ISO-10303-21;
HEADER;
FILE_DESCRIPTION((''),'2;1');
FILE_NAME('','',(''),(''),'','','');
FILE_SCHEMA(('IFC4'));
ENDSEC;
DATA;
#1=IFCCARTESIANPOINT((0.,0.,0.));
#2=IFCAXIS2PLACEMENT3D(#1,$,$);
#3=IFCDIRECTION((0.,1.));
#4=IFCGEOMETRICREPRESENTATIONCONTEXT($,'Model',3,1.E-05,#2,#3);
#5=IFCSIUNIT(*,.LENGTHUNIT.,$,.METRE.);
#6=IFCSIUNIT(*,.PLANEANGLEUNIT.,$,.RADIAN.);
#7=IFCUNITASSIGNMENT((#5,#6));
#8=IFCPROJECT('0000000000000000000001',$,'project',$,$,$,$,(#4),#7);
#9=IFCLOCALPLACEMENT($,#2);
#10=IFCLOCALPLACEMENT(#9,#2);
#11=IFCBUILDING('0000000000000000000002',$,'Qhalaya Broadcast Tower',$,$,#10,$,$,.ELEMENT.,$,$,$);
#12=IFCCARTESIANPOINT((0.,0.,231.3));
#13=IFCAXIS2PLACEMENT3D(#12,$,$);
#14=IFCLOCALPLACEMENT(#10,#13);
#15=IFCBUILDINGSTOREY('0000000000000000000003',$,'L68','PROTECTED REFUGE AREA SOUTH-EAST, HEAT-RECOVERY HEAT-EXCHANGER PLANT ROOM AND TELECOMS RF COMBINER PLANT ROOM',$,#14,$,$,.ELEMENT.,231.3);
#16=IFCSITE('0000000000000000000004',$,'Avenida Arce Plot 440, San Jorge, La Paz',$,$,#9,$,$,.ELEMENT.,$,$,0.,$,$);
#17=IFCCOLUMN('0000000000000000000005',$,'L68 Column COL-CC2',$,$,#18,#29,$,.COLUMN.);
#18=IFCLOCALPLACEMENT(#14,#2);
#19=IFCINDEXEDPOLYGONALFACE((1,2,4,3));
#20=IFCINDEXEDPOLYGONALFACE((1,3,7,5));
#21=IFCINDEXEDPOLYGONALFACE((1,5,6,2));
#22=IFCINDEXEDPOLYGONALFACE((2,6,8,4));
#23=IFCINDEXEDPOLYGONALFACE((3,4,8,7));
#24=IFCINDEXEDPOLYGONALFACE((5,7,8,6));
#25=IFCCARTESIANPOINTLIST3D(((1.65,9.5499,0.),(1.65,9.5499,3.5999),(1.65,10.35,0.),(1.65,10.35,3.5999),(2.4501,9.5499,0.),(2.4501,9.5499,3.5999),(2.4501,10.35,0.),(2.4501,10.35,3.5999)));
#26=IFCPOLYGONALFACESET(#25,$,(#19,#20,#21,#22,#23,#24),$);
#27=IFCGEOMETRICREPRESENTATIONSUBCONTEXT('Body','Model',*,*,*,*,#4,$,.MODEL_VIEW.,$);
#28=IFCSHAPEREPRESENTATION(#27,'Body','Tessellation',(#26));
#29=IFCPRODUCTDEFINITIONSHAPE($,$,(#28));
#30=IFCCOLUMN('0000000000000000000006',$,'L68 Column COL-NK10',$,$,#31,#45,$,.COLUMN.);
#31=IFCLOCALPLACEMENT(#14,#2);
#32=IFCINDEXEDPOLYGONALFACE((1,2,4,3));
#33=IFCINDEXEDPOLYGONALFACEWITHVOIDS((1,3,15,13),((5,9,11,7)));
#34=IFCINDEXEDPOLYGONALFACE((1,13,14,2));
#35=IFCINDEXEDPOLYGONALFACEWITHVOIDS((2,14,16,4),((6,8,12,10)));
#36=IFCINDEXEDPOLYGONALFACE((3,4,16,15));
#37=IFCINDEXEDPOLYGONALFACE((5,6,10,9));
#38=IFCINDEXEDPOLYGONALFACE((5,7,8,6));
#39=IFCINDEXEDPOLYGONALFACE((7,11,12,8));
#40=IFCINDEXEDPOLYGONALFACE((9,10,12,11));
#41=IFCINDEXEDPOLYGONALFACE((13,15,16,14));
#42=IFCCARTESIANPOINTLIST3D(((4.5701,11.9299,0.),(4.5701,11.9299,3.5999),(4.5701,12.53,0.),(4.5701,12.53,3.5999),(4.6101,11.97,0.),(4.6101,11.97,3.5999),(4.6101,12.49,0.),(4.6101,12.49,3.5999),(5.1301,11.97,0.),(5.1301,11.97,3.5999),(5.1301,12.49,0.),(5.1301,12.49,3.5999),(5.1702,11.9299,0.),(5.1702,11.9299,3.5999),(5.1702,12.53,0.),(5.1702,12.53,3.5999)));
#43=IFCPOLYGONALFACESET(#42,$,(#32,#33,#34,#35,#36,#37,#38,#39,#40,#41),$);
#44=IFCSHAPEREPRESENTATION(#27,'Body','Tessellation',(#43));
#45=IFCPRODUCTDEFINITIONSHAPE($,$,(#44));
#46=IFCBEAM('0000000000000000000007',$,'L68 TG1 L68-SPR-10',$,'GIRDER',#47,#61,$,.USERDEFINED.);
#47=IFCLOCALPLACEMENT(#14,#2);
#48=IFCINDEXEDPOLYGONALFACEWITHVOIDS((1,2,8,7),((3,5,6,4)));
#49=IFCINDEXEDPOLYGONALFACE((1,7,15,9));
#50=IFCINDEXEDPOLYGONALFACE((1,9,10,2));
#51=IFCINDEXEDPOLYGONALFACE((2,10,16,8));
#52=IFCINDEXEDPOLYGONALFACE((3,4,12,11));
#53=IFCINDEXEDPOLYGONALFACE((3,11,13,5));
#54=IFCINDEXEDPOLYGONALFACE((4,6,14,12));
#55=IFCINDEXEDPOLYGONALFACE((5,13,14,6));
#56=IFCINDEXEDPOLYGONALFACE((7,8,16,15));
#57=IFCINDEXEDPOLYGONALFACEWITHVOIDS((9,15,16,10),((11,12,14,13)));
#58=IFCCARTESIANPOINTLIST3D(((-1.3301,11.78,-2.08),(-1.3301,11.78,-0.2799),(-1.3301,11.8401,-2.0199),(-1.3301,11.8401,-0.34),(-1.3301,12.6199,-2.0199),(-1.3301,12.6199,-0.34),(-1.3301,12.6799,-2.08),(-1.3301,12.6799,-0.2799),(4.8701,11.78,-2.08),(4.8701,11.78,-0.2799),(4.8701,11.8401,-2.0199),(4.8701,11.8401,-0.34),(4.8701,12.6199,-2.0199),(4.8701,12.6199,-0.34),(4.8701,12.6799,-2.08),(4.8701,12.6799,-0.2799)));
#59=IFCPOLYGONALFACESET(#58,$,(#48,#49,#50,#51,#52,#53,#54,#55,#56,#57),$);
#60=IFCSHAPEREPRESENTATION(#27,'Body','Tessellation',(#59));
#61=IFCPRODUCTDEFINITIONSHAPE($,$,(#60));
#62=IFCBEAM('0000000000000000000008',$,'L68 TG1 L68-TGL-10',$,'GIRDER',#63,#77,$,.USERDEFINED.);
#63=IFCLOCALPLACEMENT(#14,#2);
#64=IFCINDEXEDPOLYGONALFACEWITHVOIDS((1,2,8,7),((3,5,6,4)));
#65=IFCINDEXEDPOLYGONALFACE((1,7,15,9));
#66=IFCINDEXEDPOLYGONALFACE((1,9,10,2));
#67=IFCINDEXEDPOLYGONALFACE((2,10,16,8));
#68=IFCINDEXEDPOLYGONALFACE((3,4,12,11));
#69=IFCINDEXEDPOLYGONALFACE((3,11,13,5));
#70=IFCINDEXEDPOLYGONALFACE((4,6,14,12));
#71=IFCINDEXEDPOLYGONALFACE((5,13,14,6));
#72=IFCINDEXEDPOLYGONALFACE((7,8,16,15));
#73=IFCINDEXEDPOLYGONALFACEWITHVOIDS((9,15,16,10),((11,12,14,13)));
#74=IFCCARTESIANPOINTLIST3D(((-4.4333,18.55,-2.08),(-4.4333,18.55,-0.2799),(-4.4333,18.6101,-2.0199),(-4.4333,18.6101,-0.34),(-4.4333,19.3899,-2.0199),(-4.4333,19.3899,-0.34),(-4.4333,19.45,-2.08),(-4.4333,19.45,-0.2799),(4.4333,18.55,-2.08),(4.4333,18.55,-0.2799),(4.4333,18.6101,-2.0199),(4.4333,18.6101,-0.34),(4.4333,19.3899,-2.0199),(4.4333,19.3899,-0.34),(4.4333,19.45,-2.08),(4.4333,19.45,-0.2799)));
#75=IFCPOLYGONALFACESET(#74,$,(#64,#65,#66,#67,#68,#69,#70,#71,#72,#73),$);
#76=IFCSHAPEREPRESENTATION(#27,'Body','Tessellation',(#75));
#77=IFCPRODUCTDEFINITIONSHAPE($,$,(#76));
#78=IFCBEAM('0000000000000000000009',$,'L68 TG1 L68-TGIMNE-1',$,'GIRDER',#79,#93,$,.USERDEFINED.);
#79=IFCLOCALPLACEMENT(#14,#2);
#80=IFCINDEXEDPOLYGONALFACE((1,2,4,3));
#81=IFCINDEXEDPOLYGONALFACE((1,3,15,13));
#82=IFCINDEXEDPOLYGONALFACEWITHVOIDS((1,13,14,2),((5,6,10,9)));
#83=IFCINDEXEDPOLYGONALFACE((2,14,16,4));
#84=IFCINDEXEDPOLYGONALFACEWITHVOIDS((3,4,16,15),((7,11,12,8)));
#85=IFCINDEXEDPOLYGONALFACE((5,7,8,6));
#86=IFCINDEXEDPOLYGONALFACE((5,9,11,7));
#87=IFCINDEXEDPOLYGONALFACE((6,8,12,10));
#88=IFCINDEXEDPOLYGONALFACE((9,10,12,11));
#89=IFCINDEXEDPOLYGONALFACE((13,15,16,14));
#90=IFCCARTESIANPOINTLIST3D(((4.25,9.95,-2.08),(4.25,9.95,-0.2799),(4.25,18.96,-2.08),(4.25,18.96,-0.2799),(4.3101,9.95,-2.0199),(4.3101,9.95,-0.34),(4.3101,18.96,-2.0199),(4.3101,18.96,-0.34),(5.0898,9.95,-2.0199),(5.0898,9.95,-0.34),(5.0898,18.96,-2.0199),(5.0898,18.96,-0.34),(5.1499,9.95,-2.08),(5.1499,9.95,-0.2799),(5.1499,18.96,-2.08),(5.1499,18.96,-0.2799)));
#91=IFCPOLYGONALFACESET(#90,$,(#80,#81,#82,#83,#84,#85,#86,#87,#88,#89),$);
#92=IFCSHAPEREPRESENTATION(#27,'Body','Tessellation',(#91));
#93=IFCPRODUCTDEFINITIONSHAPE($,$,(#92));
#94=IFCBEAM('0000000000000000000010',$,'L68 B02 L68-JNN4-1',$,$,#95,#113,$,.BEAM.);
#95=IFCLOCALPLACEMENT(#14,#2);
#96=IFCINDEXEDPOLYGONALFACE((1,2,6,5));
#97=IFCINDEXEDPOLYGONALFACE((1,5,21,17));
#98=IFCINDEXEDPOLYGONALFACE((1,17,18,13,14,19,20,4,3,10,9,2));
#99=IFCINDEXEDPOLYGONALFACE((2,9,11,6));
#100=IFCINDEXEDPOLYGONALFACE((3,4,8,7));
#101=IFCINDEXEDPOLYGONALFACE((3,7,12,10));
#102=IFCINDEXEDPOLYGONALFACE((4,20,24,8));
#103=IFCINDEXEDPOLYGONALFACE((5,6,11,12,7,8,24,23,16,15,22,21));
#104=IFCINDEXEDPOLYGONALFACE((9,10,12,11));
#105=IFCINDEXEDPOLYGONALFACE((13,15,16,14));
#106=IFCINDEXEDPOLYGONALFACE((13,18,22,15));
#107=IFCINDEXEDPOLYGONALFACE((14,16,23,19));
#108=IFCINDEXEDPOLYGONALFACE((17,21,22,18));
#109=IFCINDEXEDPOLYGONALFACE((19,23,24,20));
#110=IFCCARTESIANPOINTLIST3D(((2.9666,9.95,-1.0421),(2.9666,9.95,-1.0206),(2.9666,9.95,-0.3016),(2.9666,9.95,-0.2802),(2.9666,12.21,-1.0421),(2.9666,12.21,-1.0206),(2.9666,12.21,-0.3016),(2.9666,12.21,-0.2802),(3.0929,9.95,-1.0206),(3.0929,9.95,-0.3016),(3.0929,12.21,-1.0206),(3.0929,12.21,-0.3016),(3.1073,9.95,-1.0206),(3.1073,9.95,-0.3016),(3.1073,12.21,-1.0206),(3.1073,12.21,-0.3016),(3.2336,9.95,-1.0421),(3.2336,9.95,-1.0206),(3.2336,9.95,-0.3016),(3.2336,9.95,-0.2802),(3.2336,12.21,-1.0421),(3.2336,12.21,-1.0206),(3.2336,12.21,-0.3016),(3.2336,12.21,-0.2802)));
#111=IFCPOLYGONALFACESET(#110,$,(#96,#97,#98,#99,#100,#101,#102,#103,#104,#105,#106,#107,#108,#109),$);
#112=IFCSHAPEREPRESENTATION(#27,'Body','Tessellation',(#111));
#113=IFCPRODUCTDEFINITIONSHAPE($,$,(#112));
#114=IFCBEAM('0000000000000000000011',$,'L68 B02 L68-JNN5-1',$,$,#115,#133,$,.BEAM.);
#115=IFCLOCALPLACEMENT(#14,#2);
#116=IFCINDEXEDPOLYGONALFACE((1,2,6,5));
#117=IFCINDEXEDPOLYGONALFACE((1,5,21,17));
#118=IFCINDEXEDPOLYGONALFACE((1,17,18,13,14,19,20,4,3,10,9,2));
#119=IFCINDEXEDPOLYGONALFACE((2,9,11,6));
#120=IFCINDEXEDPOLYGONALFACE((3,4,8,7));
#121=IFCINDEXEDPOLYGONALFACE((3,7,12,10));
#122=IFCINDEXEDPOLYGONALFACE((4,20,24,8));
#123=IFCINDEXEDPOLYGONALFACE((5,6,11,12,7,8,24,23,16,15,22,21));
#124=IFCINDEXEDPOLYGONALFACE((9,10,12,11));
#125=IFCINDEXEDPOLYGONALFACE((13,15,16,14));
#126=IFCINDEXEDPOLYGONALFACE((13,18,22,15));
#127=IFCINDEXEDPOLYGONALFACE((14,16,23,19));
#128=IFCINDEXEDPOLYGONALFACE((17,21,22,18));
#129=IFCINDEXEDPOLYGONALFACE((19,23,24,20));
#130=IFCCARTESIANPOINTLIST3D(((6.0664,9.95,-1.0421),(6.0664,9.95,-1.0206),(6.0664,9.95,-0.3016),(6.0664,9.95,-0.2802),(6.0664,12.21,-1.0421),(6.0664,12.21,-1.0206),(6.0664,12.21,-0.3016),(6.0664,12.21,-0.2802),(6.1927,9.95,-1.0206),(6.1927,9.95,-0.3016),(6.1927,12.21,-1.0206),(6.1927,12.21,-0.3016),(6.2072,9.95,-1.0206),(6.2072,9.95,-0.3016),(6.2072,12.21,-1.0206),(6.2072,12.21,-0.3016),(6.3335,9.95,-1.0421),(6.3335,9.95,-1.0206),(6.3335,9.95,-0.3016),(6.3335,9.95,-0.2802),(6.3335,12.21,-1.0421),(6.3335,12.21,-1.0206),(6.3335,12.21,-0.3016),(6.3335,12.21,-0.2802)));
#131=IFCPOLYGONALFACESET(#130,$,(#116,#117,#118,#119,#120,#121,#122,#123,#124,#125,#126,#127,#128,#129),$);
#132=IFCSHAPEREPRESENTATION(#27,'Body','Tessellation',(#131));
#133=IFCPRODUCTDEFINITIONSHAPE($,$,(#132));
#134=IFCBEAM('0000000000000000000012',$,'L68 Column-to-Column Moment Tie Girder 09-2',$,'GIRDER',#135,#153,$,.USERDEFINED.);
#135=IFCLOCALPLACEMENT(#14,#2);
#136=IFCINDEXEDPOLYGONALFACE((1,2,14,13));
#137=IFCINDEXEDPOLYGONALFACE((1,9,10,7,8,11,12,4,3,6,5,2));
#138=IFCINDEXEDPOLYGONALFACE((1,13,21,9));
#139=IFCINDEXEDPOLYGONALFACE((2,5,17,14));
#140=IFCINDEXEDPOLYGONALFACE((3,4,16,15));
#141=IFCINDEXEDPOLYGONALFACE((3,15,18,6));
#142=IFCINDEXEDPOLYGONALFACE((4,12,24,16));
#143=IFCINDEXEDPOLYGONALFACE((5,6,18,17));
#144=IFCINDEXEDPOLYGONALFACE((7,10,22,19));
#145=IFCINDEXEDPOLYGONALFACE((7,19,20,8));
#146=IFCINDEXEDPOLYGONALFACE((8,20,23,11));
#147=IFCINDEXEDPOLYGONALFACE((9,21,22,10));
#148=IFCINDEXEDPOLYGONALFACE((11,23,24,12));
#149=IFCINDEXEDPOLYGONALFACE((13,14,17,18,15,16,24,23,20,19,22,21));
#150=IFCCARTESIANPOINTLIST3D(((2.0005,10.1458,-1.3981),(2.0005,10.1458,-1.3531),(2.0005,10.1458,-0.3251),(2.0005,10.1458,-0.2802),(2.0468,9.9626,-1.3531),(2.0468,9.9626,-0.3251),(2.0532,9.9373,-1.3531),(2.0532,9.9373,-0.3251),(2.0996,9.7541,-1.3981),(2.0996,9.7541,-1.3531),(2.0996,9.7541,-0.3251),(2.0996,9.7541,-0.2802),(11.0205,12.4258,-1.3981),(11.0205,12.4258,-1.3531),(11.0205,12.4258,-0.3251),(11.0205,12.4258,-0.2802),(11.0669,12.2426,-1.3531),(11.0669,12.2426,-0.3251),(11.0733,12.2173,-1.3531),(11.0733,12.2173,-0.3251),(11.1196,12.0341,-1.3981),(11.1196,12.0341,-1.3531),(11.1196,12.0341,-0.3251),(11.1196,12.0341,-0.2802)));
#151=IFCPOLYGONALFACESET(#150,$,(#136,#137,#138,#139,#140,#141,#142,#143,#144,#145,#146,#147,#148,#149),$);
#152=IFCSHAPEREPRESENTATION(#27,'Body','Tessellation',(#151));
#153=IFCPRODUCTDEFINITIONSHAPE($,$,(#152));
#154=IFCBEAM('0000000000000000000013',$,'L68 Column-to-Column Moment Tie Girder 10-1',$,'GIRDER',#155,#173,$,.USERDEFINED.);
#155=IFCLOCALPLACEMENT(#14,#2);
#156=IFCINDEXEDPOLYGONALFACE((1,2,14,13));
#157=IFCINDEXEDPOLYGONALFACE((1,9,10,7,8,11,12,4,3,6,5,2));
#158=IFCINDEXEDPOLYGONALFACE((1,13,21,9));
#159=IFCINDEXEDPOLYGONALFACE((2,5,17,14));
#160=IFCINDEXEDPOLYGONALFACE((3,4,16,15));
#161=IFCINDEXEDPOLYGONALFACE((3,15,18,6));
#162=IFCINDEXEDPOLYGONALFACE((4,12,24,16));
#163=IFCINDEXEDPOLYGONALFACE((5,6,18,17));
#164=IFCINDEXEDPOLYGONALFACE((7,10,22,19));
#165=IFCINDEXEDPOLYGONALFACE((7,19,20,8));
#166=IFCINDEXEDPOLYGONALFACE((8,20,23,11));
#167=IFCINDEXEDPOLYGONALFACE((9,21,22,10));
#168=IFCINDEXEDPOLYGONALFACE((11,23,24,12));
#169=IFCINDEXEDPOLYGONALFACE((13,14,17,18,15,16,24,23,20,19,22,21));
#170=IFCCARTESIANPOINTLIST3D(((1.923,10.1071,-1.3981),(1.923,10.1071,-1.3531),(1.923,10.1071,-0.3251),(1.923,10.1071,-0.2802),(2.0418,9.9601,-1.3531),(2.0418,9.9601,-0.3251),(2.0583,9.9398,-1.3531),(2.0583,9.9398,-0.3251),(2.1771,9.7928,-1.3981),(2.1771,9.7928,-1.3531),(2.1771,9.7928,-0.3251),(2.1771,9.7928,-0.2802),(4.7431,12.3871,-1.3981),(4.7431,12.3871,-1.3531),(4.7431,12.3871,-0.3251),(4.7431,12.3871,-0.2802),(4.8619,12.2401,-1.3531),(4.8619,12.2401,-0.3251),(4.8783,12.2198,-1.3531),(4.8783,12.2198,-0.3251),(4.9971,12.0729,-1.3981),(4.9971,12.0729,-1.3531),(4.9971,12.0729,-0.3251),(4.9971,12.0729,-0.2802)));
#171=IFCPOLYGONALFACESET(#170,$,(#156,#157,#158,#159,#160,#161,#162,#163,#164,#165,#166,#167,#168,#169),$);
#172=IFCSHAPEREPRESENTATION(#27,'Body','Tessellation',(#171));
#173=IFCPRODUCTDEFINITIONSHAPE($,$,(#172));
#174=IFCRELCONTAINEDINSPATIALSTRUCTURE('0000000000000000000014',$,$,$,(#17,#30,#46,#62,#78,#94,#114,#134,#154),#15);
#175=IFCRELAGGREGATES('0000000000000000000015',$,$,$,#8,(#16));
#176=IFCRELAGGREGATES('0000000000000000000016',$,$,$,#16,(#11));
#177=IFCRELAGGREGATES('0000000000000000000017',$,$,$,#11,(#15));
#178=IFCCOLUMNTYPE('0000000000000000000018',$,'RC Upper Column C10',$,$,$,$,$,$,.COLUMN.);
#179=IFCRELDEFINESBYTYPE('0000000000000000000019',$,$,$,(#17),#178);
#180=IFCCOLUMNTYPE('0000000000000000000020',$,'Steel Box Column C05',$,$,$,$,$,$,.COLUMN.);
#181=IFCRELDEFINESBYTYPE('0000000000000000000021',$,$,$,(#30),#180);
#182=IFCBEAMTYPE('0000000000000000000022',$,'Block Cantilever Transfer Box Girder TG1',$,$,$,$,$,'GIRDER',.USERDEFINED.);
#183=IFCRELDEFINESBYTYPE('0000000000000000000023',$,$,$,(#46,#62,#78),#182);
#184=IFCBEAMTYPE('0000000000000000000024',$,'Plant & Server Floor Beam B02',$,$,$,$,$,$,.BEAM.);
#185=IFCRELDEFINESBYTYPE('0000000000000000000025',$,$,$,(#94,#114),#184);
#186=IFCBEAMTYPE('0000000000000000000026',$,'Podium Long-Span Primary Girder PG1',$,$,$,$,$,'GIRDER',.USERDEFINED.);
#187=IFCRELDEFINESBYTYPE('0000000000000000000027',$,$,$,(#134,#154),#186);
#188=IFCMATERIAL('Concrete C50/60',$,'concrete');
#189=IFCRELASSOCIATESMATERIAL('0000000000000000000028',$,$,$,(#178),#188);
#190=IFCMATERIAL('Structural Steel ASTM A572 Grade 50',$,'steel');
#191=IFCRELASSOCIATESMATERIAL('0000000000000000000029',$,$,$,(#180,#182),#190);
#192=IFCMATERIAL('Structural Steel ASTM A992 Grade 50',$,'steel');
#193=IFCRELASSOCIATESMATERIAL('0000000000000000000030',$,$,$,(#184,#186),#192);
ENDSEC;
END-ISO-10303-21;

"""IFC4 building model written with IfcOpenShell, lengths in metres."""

from ifc_helpers import new_model, si_unit, direction, frame, origin, origin_2d, place, context, subcontext, project, spatial, rectangle, hollow_rectangle, i_section, extrude, material, material_profile, profile_set, type_object, element, save


model = new_model("IFC4")

# Units and contexts
model_context = context("Model", 3, precision=1e-05, world=origin(), true_north=direction((0.0, 1.0)))
body_context = subcontext(model_context, "Body", "Model", "MODEL_VIEW")
ifc_project = project(units=[si_unit("LENGTHUNIT", "METRE"), si_unit("PLANEANGLEUNIT", "RADIAN")], contexts=[model_context])

# Site, building, storey
site_placement = place(None, origin())
site = spatial("IfcSite", under=ifc_project, at=site_placement, Name="Avenida Arce Plot 440, San Jorge, La Paz", CompositionType="ELEMENT", RefElevation=0.0)
building_placement = place(site_placement, origin())
building = spatial("IfcBuilding", under=site, at=building_placement, Name="Qhalaya Broadcast Tower", CompositionType="ELEMENT")
storey_placement = place(building_placement, frame((0.0, 0.0, 231.3)))
storey = spatial("IfcBuildingStorey", under=building, at=storey_placement, Name="L68", Description="PROTECTED REFUGE AREA SOUTH-EAST, HEAT-RECOVERY HEAT-EXCHANGER PLANT ROOM AND TELECOMS RF COMBINER PLANT ROOM", CompositionType="ELEMENT", Elevation=231.3)

# Columns
ifc_material_1 = material(Name="Concrete C50/60", Category="concrete")
ifc_material_profile_1 = material_profile(ifc_material_1, rectangle(XDim=0.8, YDim=0.8, at=origin_2d()), Name="RC-COL 800x800")
ifc_profile_set_1 = profile_set([ifc_material_profile_1], Name="Concrete C50/60")
column_type_1 = type_object("IfcColumnType", Name="RC Upper Column C10", PredefinedType="COLUMN", material=ifc_profile_set_1)
column_1_placement = place(storey_placement, frame((2.05, 9.95, 0.0), z_axis=(0.0, 0.0, 1.0), x_axis=(1.0, 0.0, 0.0)))
element("IfcColumn", 1, at=column_1_placement, inside=storey, type_object=column_type_1, Name="L68 Column COL-CC2", PredefinedType="COLUMN", context=body_context, shape_type="SweptSolid", body=[
    extrude(rectangle(XDim=0.8, YDim=0.8, at=origin_2d()), origin(), (0.0, 0.0, 1.0), 3.5999),
])
ifc_material_2 = material(Name="Structural Steel ASTM A572 Grade 50", Category="steel")
ifc_material_profile_2 = material_profile(ifc_material_2, hollow_rectangle(XDim=0.6001, YDim=0.6001, WallThickness=0.04, at=origin_2d()), Name="BOX 600x600x40")
ifc_profile_set_2 = profile_set([ifc_material_profile_2], Name="Structural Steel ASTM A572 Grade 50")
column_type_2 = type_object("IfcColumnType", Name="Steel Box Column C05", PredefinedType="COLUMN", material=ifc_profile_set_2)
column_2_placement = place(storey_placement, frame((4.8701, 12.23, 0.0), z_axis=(0.0, 0.0, 1.0), x_axis=(1.0, 0.0, 0.0)))
element("IfcColumn", 2, at=column_2_placement, inside=storey, type_object=column_type_2, Name="L68 Column COL-NK10", PredefinedType="COLUMN", context=body_context, shape_type="SweptSolid", body=[
    extrude(hollow_rectangle(XDim=0.6001, YDim=0.6001, WallThickness=0.04, at=origin_2d()), origin(), (0.0, 0.0, 1.0), 3.5999),
])

# Beams
ifc_material_profile_3 = material_profile(ifc_material_2, hollow_rectangle(XDim=0.8999, YDim=1.8, WallThickness=0.0601, at=origin_2d()), Name="BOX 900x1800x60")
ifc_profile_set_3 = profile_set([ifc_material_profile_3], Name="Structural Steel ASTM A572 Grade 50")
beam_type_1 = type_object("IfcBeamType", Name="Block Cantilever Transfer Box Girder TG1", ElementType="GIRDER", PredefinedType="USERDEFINED", material=ifc_profile_set_3)
beam_1_placement = place(storey_placement, frame((4.8701, 12.23, -1.1799), z_axis=(-1.0, 0.0, 0.0), x_axis=(0.0, -1.0, 0.0)))
element("IfcBeam", 3, at=beam_1_placement, inside=storey, type_object=beam_type_1, Name="L68 TG1 L68-SPR-10", ObjectType="GIRDER", PredefinedType="USERDEFINED", context=body_context, shape_type="SweptSolid", body=[
    extrude(hollow_rectangle(XDim=0.8999, YDim=1.8, WallThickness=0.0601, at=origin_2d()), origin(), (0.0, 0.0, 1.0), 6.2002),
])
beam_2_placement = place(storey_placement, frame((4.4333, 19.0, -1.1799), z_axis=(-1.0, 0.0, 0.0), x_axis=(0.0, -1.0, 0.0)))
element("IfcBeam", 4, at=beam_2_placement, inside=storey, type_object=beam_type_1, Name="L68 TG1 L68-TGL-10", ObjectType="GIRDER", PredefinedType="USERDEFINED", context=body_context, shape_type="SweptSolid", body=[
    extrude(hollow_rectangle(XDim=0.8999, YDim=1.8, WallThickness=0.0601, at=origin_2d()), origin(), (0.0, 0.0, 1.0), 8.8667),
])
beam_3_placement = place(storey_placement, frame((4.7, 9.95, -1.1799), z_axis=(0.0, 1.0, 0.0), x_axis=(-1.0, 0.0, 0.0)))
element("IfcBeam", 5, at=beam_3_placement, inside=storey, type_object=beam_type_1, Name="L68 TG1 L68-TGIMNE-1", ObjectType="GIRDER", PredefinedType="USERDEFINED", context=body_context, shape_type="SweptSolid", body=[
    extrude(hollow_rectangle(XDim=0.8999, YDim=1.8, WallThickness=0.0601, at=origin_2d()), origin(), (0.0, 0.0, 1.0), 9.01),
])
ifc_material_3 = material(Name="Structural Steel ASTM A992 Grade 50", Category="steel")
ifc_material_profile_4 = material_profile(ifc_material_3, i_section(OverallWidth=0.2671, OverallDepth=0.762, WebThickness=0.0144, FlangeThickness=0.0215, at=origin_2d()), Name="W30X116")
ifc_profile_set_4 = profile_set([ifc_material_profile_4], Name="Structural Steel ASTM A992 Grade 50")
beam_type_2 = type_object("IfcBeamType", Name="Plant & Server Floor Beam B02", PredefinedType="BEAM", material=ifc_profile_set_4)
for number, where, z_axis, x_axis, name in (
    (6, (3.1001, 9.95, -0.6611), (0.0, 1.0, 0.0), (-1.0, 0.0, 0.0), "L68 B02 L68-JNN4-1"),
    (7, (6.2, 9.95, -0.6611), (0.0, 1.0, 0.0), (-1.0, 0.0, 0.0), "L68 B02 L68-JNN5-1"),
):
    element("IfcBeam", number, at=place(storey_placement, frame(where, z_axis=z_axis, x_axis=x_axis)), inside=storey, type_object=beam_type_2, Name=name, PredefinedType="BEAM", context=body_context, shape_type="SweptSolid", body=[
        extrude(i_section(OverallWidth=0.2671, OverallDepth=0.762, WebThickness=0.0144, FlangeThickness=0.0215, at=origin_2d()), origin(), (0.0, 0.0, 1.0), 2.26),
    ])
ifc_material_profile_5 = material_profile(ifc_material_3, i_section(OverallWidth=0.4041, OverallDepth=1.1179, WebThickness=0.0261, FlangeThickness=0.0449, at=origin_2d()), Name="W44X335")
ifc_profile_set_5 = profile_set([ifc_material_profile_5], Name="Structural Steel ASTM A992 Grade 50")
beam_type_3 = type_object("IfcBeamType", Name="Podium Long-Span Primary Girder PG1", ElementType="GIRDER", PredefinedType="USERDEFINED", material=ifc_profile_set_5)
beam_4_placement = place(storey_placement, frame((2.05, 9.95, -0.8391), z_axis=(0.969506, 0.245066, 0.0), x_axis=(-0.245066, 0.969506, 0.0)))
element("IfcBeam", 8, at=beam_4_placement, inside=storey, type_object=beam_type_3, Name="L68 Column-to-Column Moment Tie Girder 09-2", ObjectType="GIRDER", PredefinedType="USERDEFINED", context=body_context, shape_type="SweptSolid", body=[
    extrude(i_section(OverallWidth=0.4041, OverallDepth=1.1179, WebThickness=0.0261, FlangeThickness=0.0449, at=origin_2d()), origin(), (0.0, 0.0, 1.0), 9.3037),
])
beam_5_placement = place(storey_placement, frame((2.05, 9.95, -0.8391), z_axis=(0.777634, 0.628718, 0.0), x_axis=(-0.628718, 0.777634, 0.0)))
element("IfcBeam", 9, at=beam_5_placement, inside=storey, type_object=beam_type_3, Name="L68 Column-to-Column Moment Tie Girder 10-1", ObjectType="GIRDER", PredefinedType="USERDEFINED", context=body_context, shape_type="SweptSolid", body=[
    extrude(i_section(OverallWidth=0.4041, OverallDepth=1.1179, WebThickness=0.0261, FlangeThickness=0.0449, at=origin_2d()), origin(), (0.0, 0.0, 1.0), 3.6265),
])

save(model, "model.ifc")
